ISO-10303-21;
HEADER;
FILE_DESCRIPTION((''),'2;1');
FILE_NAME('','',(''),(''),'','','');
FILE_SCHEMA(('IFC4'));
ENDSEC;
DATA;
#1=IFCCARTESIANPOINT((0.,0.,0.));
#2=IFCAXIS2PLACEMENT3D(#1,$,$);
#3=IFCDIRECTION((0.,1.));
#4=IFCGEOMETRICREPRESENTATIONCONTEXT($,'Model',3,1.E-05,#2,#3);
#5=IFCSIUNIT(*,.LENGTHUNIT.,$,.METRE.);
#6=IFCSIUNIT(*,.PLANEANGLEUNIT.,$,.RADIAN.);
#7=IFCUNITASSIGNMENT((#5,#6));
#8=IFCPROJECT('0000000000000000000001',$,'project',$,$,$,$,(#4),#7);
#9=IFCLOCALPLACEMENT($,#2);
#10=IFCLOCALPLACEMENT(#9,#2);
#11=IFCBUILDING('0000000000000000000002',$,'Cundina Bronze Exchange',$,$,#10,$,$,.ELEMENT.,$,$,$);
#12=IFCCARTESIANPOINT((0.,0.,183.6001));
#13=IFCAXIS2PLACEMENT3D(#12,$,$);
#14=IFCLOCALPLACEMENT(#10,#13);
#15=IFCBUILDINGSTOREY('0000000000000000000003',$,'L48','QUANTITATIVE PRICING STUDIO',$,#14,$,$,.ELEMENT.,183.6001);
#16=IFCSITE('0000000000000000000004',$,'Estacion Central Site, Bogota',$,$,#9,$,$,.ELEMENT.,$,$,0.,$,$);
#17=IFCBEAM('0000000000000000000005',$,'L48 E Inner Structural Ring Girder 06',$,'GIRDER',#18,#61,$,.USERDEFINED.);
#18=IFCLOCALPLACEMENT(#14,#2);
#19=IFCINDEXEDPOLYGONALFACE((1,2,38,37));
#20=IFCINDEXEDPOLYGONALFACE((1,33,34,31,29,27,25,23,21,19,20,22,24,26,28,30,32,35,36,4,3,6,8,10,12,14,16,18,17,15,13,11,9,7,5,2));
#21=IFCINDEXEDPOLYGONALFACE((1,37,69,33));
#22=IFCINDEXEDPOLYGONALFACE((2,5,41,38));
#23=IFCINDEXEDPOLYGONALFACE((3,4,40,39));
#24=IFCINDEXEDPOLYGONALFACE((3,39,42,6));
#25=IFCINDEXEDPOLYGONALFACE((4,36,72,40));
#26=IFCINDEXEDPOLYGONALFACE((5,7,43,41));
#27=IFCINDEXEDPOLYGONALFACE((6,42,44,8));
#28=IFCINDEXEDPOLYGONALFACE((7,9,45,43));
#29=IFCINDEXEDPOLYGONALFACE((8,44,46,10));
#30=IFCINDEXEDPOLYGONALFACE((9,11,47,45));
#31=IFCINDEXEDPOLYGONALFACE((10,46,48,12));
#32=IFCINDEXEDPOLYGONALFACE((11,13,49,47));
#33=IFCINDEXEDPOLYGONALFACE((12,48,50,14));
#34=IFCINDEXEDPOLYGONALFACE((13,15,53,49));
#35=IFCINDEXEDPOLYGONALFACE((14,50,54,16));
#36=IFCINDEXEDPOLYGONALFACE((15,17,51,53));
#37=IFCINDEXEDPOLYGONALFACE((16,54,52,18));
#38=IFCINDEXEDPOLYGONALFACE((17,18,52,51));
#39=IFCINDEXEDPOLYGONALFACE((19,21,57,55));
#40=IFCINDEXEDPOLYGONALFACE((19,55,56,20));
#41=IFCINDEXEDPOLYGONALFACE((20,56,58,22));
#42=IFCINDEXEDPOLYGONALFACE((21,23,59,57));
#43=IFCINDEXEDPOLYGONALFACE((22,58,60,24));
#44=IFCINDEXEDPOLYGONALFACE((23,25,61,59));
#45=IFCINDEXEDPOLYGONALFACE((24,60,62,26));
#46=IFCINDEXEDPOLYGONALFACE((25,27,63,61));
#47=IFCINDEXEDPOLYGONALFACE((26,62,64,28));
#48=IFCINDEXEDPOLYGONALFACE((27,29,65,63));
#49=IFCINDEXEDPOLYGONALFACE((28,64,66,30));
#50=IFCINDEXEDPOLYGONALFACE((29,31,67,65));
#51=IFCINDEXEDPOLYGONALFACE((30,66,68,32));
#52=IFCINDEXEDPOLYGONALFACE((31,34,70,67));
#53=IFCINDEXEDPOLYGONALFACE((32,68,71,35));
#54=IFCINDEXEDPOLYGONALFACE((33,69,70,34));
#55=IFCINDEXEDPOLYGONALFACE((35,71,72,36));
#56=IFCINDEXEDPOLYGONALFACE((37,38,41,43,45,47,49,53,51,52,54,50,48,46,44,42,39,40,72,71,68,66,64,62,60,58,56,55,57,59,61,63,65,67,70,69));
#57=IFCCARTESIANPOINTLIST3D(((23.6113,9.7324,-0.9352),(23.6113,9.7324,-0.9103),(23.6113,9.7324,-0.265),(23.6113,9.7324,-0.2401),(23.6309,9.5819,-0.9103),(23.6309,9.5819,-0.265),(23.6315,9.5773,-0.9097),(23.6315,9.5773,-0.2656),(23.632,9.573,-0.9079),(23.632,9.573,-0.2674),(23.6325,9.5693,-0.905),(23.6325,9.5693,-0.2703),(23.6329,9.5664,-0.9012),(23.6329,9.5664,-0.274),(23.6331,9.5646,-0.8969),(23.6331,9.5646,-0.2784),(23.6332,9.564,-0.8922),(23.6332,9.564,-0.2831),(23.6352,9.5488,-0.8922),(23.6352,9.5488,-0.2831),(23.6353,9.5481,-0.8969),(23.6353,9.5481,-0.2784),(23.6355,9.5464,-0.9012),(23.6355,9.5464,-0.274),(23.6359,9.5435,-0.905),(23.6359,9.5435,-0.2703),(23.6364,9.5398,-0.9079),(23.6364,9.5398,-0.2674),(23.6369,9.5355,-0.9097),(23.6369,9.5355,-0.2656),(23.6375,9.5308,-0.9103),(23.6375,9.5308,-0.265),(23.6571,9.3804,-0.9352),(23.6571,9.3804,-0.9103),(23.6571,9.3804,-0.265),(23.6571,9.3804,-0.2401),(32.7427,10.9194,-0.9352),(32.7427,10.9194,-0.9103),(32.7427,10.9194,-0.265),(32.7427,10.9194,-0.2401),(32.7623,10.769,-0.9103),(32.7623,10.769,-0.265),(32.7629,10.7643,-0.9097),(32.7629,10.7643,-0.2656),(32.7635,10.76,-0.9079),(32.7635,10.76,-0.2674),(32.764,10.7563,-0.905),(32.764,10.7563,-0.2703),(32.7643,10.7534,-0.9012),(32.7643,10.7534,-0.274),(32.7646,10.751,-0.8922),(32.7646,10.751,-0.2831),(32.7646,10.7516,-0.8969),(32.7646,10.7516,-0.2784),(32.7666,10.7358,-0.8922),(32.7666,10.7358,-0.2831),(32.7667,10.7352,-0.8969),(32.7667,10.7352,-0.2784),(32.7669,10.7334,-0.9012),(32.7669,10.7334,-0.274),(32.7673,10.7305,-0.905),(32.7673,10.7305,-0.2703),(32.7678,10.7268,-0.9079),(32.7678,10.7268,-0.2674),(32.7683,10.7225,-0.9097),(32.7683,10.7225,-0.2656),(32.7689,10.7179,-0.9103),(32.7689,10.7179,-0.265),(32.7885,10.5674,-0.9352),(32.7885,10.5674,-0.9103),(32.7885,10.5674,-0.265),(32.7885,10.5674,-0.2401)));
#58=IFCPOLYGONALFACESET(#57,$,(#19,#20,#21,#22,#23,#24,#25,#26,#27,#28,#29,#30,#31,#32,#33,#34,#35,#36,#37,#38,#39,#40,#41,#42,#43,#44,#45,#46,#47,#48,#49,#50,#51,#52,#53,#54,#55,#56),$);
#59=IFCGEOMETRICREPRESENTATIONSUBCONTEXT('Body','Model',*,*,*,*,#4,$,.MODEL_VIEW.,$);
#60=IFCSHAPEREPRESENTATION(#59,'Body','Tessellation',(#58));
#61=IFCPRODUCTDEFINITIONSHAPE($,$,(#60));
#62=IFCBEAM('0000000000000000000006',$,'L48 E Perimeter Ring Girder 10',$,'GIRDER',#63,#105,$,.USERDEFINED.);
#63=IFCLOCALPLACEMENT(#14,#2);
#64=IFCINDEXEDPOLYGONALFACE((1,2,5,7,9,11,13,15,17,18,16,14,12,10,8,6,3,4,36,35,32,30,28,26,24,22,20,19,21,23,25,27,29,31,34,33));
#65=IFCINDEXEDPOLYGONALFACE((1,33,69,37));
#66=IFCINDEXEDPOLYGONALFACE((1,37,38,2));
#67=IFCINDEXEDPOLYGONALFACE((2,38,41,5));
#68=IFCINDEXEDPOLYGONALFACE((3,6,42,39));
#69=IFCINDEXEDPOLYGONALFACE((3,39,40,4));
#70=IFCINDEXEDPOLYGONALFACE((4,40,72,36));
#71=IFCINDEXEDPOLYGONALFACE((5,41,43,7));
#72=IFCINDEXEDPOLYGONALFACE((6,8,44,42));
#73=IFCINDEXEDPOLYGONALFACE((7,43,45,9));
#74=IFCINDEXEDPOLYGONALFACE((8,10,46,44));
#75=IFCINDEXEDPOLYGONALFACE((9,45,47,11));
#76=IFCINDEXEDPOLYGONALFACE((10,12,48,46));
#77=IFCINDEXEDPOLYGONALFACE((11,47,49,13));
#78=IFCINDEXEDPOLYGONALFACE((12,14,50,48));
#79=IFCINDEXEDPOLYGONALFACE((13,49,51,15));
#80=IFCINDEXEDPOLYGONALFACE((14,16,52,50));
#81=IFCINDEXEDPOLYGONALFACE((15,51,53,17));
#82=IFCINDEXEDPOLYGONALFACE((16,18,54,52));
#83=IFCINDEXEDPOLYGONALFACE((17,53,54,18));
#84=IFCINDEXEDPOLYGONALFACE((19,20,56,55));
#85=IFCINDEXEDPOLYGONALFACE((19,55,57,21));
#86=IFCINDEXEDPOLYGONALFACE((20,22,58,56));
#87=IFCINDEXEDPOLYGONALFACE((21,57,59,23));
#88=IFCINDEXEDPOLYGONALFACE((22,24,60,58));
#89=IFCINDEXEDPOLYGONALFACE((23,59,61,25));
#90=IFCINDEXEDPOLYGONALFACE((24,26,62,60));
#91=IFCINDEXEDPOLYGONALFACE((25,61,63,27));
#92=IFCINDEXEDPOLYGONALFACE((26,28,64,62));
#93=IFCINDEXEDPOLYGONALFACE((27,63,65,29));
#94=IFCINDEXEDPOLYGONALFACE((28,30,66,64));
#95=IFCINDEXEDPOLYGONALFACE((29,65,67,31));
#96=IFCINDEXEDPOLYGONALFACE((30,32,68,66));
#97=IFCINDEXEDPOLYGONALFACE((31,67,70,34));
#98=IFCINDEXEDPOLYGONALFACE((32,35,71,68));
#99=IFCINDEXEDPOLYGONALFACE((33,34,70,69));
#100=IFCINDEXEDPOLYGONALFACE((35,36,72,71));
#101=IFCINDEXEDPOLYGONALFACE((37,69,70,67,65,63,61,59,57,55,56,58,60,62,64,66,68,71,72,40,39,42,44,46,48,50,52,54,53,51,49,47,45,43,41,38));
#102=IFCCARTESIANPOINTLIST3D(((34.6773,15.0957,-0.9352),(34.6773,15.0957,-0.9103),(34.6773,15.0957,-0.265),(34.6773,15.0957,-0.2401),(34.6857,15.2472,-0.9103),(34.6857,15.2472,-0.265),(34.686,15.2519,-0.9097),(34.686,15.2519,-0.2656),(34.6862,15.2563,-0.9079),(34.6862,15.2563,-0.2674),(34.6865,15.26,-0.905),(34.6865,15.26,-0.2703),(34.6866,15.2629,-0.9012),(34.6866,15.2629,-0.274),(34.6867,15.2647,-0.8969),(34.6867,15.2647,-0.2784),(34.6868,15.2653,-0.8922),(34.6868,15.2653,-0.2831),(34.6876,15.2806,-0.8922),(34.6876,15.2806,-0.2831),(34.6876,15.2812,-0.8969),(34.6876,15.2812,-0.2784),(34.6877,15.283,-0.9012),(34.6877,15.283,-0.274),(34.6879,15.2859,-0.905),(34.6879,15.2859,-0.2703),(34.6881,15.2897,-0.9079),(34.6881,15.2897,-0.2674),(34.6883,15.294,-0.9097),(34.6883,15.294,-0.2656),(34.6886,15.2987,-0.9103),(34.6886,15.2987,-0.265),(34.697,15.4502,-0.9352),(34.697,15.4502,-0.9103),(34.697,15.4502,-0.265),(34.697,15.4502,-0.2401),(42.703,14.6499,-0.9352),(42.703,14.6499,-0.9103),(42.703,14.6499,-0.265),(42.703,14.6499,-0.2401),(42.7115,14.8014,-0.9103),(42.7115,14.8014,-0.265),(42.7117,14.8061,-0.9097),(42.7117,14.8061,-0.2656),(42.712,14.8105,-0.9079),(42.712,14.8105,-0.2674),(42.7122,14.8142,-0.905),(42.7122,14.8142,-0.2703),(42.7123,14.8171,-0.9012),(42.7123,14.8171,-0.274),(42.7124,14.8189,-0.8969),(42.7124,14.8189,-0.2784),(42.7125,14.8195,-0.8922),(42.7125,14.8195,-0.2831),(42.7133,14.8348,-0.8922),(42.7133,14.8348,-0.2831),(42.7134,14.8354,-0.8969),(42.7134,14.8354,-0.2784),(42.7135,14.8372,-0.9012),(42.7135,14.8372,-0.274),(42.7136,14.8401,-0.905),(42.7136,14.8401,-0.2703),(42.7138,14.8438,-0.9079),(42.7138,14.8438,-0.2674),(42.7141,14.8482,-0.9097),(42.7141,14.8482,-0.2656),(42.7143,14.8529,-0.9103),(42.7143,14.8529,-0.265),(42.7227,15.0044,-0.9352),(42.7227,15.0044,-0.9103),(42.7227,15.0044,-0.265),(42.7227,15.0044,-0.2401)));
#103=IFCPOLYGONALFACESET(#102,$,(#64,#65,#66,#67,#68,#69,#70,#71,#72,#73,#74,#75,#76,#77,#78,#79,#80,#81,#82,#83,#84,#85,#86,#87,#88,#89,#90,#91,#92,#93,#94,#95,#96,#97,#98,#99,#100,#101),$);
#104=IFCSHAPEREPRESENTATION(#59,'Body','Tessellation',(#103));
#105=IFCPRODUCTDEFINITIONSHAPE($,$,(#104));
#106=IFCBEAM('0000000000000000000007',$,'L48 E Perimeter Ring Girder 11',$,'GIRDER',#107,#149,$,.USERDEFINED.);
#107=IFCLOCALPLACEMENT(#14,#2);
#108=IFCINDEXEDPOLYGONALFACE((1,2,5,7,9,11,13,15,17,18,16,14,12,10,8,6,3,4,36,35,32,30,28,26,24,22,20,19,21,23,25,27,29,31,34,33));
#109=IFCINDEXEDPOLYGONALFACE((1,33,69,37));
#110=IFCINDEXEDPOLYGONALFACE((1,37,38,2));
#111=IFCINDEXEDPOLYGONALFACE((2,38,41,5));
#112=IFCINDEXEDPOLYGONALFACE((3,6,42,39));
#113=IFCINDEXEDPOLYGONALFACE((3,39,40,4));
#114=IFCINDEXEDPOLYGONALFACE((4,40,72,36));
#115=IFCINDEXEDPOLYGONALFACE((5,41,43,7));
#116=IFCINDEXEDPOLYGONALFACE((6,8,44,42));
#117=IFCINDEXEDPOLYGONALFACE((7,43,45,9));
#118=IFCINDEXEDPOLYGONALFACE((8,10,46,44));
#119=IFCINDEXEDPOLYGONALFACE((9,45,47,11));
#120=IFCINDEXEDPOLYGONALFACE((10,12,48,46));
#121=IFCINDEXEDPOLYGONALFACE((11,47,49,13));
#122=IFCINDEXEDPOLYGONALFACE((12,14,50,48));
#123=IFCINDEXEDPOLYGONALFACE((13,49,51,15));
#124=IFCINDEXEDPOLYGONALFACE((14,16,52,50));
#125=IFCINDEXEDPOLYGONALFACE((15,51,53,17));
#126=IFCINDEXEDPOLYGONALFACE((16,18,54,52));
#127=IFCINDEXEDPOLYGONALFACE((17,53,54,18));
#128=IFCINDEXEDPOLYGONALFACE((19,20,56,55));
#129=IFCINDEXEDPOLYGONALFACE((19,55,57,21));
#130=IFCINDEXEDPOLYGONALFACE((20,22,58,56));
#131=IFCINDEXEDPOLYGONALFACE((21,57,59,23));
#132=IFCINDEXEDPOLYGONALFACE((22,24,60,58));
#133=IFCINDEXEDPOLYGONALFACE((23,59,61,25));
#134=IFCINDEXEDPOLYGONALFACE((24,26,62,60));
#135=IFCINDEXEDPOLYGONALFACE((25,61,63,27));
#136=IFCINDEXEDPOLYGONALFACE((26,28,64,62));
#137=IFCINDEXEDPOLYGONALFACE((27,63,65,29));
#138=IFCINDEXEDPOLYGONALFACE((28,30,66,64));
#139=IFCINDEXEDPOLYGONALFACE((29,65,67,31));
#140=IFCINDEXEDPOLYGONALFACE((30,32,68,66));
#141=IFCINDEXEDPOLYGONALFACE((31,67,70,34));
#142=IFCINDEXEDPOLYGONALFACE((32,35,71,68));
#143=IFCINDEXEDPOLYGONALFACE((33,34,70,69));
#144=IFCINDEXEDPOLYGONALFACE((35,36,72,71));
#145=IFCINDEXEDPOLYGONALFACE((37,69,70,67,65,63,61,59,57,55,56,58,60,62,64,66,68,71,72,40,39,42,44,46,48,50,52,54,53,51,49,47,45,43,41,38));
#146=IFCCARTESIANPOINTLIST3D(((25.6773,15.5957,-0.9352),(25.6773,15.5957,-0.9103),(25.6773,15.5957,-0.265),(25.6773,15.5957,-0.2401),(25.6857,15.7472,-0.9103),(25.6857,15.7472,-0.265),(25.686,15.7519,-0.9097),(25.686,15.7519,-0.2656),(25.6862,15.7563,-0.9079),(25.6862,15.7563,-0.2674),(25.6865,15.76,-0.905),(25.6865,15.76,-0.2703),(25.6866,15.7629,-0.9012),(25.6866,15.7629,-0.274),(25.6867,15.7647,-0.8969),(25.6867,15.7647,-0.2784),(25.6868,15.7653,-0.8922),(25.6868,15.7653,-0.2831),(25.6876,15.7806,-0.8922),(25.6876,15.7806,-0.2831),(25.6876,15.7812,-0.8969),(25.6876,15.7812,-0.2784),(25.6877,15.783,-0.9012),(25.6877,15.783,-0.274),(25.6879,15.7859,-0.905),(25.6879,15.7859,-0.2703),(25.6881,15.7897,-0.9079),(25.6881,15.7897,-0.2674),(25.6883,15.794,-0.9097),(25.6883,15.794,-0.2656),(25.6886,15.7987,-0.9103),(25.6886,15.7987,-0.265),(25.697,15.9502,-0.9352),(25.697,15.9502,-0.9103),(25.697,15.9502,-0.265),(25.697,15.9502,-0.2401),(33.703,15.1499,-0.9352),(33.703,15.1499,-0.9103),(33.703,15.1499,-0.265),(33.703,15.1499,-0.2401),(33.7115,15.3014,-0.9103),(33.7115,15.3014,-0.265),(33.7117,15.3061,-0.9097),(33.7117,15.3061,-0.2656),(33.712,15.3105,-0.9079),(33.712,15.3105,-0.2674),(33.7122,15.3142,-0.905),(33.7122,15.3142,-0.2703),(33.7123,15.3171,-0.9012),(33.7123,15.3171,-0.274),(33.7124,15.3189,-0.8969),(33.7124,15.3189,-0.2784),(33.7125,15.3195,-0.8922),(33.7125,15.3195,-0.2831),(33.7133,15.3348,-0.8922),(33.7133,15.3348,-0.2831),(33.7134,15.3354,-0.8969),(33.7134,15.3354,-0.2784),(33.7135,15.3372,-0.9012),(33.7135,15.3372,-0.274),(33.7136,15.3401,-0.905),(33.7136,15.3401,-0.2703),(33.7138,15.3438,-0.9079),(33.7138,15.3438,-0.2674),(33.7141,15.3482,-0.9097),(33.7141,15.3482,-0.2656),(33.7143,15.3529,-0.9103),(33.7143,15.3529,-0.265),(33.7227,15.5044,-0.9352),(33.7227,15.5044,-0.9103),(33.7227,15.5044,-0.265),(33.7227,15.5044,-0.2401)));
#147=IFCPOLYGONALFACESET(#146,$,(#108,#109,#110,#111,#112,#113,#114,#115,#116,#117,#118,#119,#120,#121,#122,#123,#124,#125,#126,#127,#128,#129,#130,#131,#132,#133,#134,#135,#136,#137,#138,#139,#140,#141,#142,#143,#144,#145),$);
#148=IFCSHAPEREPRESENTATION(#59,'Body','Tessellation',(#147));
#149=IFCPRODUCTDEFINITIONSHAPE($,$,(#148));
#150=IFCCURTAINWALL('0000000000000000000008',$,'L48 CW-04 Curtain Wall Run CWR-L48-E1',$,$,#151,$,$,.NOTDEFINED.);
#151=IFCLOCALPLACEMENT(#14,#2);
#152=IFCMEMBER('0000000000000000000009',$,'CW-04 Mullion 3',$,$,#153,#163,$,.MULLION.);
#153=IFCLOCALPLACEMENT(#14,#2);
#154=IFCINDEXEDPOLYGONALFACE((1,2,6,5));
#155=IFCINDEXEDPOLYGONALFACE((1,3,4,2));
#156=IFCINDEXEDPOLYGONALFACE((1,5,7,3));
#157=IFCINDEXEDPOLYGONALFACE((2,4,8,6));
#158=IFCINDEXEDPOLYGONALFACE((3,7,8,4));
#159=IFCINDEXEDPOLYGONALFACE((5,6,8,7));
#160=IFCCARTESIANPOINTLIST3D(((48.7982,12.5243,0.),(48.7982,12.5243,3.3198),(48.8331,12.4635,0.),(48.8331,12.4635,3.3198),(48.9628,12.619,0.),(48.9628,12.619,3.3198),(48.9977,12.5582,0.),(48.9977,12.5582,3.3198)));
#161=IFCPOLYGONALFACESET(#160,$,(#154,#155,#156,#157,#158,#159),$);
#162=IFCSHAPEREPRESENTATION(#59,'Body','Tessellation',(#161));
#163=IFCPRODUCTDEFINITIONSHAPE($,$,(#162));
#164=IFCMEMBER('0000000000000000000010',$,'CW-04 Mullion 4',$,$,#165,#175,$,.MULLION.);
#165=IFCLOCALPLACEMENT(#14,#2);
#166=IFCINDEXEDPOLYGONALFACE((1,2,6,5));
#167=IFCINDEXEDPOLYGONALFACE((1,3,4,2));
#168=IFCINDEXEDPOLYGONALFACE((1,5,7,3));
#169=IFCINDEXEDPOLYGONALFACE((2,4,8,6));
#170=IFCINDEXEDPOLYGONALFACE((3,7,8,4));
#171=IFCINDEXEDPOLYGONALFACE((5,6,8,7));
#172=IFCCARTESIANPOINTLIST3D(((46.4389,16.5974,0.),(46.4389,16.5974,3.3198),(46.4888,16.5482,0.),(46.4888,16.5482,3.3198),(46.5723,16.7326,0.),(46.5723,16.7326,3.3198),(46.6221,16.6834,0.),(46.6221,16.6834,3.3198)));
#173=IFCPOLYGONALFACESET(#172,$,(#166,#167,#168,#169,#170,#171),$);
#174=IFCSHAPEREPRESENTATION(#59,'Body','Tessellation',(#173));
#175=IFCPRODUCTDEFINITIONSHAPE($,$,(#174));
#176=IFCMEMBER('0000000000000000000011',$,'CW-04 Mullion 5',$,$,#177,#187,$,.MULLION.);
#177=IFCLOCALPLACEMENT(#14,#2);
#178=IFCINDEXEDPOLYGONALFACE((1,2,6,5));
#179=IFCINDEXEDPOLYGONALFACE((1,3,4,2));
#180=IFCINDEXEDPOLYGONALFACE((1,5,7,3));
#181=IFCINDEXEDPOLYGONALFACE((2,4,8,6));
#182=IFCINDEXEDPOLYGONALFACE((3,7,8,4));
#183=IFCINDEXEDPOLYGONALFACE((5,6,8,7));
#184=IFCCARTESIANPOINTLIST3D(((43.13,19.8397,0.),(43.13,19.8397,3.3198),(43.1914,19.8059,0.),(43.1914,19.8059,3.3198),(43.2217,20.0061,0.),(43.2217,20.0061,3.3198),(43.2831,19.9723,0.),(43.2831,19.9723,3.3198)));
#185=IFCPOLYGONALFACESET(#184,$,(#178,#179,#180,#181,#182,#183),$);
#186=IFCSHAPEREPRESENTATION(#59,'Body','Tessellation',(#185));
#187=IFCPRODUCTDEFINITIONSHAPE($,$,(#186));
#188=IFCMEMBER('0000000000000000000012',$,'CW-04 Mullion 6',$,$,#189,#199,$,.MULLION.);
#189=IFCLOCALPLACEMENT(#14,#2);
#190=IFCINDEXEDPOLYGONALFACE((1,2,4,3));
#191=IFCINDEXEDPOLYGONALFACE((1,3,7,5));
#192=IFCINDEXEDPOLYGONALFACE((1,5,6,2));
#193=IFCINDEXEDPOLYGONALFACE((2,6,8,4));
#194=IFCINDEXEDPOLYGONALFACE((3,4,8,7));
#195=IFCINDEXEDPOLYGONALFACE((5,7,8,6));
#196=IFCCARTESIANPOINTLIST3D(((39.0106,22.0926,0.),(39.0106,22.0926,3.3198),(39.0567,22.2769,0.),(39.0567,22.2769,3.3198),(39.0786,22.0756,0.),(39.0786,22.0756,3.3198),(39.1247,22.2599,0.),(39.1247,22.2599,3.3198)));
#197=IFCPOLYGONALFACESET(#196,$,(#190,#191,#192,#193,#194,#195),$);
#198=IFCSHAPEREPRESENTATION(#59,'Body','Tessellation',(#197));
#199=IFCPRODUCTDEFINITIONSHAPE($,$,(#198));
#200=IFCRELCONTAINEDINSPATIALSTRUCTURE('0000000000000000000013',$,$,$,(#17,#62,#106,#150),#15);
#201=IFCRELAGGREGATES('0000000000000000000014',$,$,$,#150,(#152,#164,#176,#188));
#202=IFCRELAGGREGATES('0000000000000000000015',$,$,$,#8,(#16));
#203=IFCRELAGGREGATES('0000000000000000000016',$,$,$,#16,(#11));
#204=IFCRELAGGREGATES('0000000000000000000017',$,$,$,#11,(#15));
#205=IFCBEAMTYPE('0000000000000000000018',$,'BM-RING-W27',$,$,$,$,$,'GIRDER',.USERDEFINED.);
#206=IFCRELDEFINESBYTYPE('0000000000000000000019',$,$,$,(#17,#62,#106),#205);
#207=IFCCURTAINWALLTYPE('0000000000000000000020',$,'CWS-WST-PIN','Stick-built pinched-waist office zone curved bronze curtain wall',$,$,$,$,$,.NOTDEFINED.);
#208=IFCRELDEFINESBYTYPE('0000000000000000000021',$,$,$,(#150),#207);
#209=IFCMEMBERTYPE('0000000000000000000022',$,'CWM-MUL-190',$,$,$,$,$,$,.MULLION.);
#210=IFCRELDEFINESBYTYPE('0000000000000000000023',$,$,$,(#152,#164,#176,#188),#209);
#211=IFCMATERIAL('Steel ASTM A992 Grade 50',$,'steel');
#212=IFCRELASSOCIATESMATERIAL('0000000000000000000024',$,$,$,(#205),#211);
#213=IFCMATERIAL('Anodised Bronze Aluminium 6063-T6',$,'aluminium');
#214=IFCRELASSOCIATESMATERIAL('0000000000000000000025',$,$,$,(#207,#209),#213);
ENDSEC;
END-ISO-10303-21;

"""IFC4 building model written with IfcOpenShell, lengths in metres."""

from ifc_helpers import new_model, si_unit, direction, frame, origin, origin_2d, place, context, subcontext, project, spatial, rectangle, i_section, extrude, material, material_profile, profile_set, type_object, element, aggregate, save


model = new_model("IFC4")

# Units and contexts
model_context = context("Model", 3, precision=1e-05, world=origin(), true_north=direction((0.0, 1.0)))
body_context = subcontext(model_context, "Body", "Model", "MODEL_VIEW")
ifc_project = project(units=[si_unit("LENGTHUNIT", "METRE"), si_unit("PLANEANGLEUNIT", "RADIAN")], contexts=[model_context])

# Site, building, storey
site_placement = place(None, origin())
site = spatial("IfcSite", under=ifc_project, at=site_placement, Name="Estacion Central Site, Bogota", CompositionType="ELEMENT", RefElevation=0.0)
building_placement = place(site_placement, origin())
building = spatial("IfcBuilding", under=site, at=building_placement, Name="Cundina Bronze Exchange", CompositionType="ELEMENT")
storey_placement = place(building_placement, frame((0.0, 0.0, 183.6001)))
storey = spatial("IfcBuildingStorey", under=building, at=storey_placement, Name="L48", Description="QUANTITATIVE PRICING STUDIO", CompositionType="ELEMENT", Elevation=183.6001)

# Beams
ifc_material_1 = material(Name="Steel ASTM A992 Grade 50", Category="steel")
ifc_material_profile_1 = material_profile(ifc_material_1, i_section(OverallWidth=0.355, OverallDepth=0.6951, WebThickness=0.0154, FlangeThickness=0.0249, FilletRadius=0.0181, at=origin_2d()), Name="W27X146", Category="steel")
ifc_profile_set_1 = profile_set([ifc_material_profile_1], Name="Steel ASTM A992 Grade 50")
beam_type_1 = type_object("IfcBeamType", Name="BM-RING-W27", ElementType="GIRDER", PredefinedType="USERDEFINED", material=ifc_profile_set_1)
beam_1_placement = place(storey_placement, frame((32.7656, 10.7434, -0.5876), z_axis=(-0.991656, -0.128908, 0.0), x_axis=(0.128908, -0.991656, 0.0)))
element("IfcBeam", 1, at=beam_1_placement, inside=storey, type_object=beam_type_1, Name="L48 E Inner Structural Ring Girder 06", ObjectType="GIRDER", PredefinedType="USERDEFINED", context=body_context, shape_type="SweptSolid", body=[
    extrude(i_section(OverallWidth=0.355, OverallDepth=0.6951, WebThickness=0.0154, FlangeThickness=0.0249, FilletRadius=0.0181, at=origin_2d()), origin(), (0.0, 0.0, 1.0), 9.2083),
])
for number, where, z_axis, x_axis, name in (
    (2, (42.7129, 14.8271, -0.5876), (-0.998461, 0.055462, 0.0), (-0.055462, -0.998461, 0.0), "L48 E Perimeter Ring Girder 10"),
    (3, (33.7129, 15.3271, -0.5876), (-0.998461, 0.055462, 0.0), (-0.055462, -0.998461, 0.0), "L48 E Perimeter Ring Girder 11"),
):
    element("IfcBeam", number, at=place(storey_placement, frame(where, z_axis=z_axis, x_axis=x_axis)), inside=storey, type_object=beam_type_1, Name=name, ObjectType="GIRDER", PredefinedType="USERDEFINED", context=body_context, shape_type="SweptSolid", body=[
        extrude(i_section(OverallWidth=0.355, OverallDepth=0.6951, WebThickness=0.0154, FlangeThickness=0.0249, FilletRadius=0.0181, at=origin_2d()), origin(), (0.0, 0.0, 1.0), 8.0381),
    ])

# Curtain wall, members
ifc_material_2 = material(Name="Anodised Bronze Aluminium 6063-T6", Category="aluminium")
curtain_wall_type = type_object("IfcCurtainWallType", Name="CWS-WST-PIN", Description="Stick-built pinched-waist office zone curved bronze curtain wall", PredefinedType="NOTDEFINED", material=ifc_material_2)
curtain_wall_1_placement = place(storey_placement, origin())
curtain_wall_1 = element("IfcCurtainWall", 4, at=curtain_wall_1_placement, inside=storey, type_object=curtain_wall_type, Name="L48 CW-04 Curtain Wall Run CWR-L48-E1", PredefinedType="NOTDEFINED")
ifc_material_profile_2 = material_profile(ifc_material_2, rectangle(XDim=0.0701, YDim=0.1899, at=origin_2d()), Name="AL70X190", Category="aluminium")
ifc_profile_set_2 = profile_set([ifc_material_profile_2], Name="Anodised Bronze Aluminium 6063-T6")
member_type_1 = type_object("IfcMemberType", Name="CWM-MUL-190", PredefinedType="MULLION", material=ifc_profile_set_2)
member_1_placement = place(storey_placement, frame((48.8979, 12.5413, 0.0), z_axis=(0.0, 0.0, 1.0), x_axis=(-0.498488, 0.866897, 0.0)))
member_1 = element("IfcMember", 5, at=member_1_placement, type_object=member_type_1, Name="CW-04 Mullion 3", PredefinedType="MULLION", context=body_context, shape_type="SweptSolid", body=[
    extrude(rectangle(XDim=0.0701, YDim=0.1899, at=origin_2d()), origin(), (0.0, 0.0, 1.0), 3.3198),
])
member_2_placement = place(storey_placement, frame((46.5305, 16.6404, 0.0), z_axis=(0.0, 0.0, 1.0), x_axis=(-0.712026, 0.702153, 0.0)))
member_2 = element("IfcMember", 6, at=member_2_placement, type_object=member_type_1, Name="CW-04 Mullion 4", PredefinedType="MULLION", context=body_context, shape_type="SweptSolid", body=[
    extrude(rectangle(XDim=0.0701, YDim=0.1899, at=origin_2d()), origin(), (0.0, 0.0, 1.0), 3.3198),
])
member_3_placement = place(storey_placement, frame((43.2065, 19.906, 0.0), z_axis=(0.0, 0.0, 1.0), x_axis=(-0.875886, 0.482518, 0.0)))
member_3 = element("IfcMember", 7, at=member_3_placement, type_object=member_type_1, Name="CW-04 Mullion 5", PredefinedType="MULLION", context=body_context, shape_type="SweptSolid", body=[
    extrude(rectangle(XDim=0.0701, YDim=0.1899, at=origin_2d()), origin(), (0.0, 0.0, 1.0), 3.3198),
])
member_4_placement = place(storey_placement, frame((39.0676, 22.1763, 0.0), z_axis=(0.0, 0.0, 1.0), x_axis=(-0.970084, 0.242769, 0.0)))
member_4 = element("IfcMember", 8, at=member_4_placement, type_object=member_type_1, Name="CW-04 Mullion 6", PredefinedType="MULLION", context=body_context, shape_type="SweptSolid", body=[
    extrude(rectangle(XDim=0.0701, YDim=0.1899, at=origin_2d()), origin(), (0.0, 0.0, 1.0), 3.3198),
])

aggregate(curtain_wall_1, [member_1, member_2, member_3, member_4])

save(model, "model.ifc")
